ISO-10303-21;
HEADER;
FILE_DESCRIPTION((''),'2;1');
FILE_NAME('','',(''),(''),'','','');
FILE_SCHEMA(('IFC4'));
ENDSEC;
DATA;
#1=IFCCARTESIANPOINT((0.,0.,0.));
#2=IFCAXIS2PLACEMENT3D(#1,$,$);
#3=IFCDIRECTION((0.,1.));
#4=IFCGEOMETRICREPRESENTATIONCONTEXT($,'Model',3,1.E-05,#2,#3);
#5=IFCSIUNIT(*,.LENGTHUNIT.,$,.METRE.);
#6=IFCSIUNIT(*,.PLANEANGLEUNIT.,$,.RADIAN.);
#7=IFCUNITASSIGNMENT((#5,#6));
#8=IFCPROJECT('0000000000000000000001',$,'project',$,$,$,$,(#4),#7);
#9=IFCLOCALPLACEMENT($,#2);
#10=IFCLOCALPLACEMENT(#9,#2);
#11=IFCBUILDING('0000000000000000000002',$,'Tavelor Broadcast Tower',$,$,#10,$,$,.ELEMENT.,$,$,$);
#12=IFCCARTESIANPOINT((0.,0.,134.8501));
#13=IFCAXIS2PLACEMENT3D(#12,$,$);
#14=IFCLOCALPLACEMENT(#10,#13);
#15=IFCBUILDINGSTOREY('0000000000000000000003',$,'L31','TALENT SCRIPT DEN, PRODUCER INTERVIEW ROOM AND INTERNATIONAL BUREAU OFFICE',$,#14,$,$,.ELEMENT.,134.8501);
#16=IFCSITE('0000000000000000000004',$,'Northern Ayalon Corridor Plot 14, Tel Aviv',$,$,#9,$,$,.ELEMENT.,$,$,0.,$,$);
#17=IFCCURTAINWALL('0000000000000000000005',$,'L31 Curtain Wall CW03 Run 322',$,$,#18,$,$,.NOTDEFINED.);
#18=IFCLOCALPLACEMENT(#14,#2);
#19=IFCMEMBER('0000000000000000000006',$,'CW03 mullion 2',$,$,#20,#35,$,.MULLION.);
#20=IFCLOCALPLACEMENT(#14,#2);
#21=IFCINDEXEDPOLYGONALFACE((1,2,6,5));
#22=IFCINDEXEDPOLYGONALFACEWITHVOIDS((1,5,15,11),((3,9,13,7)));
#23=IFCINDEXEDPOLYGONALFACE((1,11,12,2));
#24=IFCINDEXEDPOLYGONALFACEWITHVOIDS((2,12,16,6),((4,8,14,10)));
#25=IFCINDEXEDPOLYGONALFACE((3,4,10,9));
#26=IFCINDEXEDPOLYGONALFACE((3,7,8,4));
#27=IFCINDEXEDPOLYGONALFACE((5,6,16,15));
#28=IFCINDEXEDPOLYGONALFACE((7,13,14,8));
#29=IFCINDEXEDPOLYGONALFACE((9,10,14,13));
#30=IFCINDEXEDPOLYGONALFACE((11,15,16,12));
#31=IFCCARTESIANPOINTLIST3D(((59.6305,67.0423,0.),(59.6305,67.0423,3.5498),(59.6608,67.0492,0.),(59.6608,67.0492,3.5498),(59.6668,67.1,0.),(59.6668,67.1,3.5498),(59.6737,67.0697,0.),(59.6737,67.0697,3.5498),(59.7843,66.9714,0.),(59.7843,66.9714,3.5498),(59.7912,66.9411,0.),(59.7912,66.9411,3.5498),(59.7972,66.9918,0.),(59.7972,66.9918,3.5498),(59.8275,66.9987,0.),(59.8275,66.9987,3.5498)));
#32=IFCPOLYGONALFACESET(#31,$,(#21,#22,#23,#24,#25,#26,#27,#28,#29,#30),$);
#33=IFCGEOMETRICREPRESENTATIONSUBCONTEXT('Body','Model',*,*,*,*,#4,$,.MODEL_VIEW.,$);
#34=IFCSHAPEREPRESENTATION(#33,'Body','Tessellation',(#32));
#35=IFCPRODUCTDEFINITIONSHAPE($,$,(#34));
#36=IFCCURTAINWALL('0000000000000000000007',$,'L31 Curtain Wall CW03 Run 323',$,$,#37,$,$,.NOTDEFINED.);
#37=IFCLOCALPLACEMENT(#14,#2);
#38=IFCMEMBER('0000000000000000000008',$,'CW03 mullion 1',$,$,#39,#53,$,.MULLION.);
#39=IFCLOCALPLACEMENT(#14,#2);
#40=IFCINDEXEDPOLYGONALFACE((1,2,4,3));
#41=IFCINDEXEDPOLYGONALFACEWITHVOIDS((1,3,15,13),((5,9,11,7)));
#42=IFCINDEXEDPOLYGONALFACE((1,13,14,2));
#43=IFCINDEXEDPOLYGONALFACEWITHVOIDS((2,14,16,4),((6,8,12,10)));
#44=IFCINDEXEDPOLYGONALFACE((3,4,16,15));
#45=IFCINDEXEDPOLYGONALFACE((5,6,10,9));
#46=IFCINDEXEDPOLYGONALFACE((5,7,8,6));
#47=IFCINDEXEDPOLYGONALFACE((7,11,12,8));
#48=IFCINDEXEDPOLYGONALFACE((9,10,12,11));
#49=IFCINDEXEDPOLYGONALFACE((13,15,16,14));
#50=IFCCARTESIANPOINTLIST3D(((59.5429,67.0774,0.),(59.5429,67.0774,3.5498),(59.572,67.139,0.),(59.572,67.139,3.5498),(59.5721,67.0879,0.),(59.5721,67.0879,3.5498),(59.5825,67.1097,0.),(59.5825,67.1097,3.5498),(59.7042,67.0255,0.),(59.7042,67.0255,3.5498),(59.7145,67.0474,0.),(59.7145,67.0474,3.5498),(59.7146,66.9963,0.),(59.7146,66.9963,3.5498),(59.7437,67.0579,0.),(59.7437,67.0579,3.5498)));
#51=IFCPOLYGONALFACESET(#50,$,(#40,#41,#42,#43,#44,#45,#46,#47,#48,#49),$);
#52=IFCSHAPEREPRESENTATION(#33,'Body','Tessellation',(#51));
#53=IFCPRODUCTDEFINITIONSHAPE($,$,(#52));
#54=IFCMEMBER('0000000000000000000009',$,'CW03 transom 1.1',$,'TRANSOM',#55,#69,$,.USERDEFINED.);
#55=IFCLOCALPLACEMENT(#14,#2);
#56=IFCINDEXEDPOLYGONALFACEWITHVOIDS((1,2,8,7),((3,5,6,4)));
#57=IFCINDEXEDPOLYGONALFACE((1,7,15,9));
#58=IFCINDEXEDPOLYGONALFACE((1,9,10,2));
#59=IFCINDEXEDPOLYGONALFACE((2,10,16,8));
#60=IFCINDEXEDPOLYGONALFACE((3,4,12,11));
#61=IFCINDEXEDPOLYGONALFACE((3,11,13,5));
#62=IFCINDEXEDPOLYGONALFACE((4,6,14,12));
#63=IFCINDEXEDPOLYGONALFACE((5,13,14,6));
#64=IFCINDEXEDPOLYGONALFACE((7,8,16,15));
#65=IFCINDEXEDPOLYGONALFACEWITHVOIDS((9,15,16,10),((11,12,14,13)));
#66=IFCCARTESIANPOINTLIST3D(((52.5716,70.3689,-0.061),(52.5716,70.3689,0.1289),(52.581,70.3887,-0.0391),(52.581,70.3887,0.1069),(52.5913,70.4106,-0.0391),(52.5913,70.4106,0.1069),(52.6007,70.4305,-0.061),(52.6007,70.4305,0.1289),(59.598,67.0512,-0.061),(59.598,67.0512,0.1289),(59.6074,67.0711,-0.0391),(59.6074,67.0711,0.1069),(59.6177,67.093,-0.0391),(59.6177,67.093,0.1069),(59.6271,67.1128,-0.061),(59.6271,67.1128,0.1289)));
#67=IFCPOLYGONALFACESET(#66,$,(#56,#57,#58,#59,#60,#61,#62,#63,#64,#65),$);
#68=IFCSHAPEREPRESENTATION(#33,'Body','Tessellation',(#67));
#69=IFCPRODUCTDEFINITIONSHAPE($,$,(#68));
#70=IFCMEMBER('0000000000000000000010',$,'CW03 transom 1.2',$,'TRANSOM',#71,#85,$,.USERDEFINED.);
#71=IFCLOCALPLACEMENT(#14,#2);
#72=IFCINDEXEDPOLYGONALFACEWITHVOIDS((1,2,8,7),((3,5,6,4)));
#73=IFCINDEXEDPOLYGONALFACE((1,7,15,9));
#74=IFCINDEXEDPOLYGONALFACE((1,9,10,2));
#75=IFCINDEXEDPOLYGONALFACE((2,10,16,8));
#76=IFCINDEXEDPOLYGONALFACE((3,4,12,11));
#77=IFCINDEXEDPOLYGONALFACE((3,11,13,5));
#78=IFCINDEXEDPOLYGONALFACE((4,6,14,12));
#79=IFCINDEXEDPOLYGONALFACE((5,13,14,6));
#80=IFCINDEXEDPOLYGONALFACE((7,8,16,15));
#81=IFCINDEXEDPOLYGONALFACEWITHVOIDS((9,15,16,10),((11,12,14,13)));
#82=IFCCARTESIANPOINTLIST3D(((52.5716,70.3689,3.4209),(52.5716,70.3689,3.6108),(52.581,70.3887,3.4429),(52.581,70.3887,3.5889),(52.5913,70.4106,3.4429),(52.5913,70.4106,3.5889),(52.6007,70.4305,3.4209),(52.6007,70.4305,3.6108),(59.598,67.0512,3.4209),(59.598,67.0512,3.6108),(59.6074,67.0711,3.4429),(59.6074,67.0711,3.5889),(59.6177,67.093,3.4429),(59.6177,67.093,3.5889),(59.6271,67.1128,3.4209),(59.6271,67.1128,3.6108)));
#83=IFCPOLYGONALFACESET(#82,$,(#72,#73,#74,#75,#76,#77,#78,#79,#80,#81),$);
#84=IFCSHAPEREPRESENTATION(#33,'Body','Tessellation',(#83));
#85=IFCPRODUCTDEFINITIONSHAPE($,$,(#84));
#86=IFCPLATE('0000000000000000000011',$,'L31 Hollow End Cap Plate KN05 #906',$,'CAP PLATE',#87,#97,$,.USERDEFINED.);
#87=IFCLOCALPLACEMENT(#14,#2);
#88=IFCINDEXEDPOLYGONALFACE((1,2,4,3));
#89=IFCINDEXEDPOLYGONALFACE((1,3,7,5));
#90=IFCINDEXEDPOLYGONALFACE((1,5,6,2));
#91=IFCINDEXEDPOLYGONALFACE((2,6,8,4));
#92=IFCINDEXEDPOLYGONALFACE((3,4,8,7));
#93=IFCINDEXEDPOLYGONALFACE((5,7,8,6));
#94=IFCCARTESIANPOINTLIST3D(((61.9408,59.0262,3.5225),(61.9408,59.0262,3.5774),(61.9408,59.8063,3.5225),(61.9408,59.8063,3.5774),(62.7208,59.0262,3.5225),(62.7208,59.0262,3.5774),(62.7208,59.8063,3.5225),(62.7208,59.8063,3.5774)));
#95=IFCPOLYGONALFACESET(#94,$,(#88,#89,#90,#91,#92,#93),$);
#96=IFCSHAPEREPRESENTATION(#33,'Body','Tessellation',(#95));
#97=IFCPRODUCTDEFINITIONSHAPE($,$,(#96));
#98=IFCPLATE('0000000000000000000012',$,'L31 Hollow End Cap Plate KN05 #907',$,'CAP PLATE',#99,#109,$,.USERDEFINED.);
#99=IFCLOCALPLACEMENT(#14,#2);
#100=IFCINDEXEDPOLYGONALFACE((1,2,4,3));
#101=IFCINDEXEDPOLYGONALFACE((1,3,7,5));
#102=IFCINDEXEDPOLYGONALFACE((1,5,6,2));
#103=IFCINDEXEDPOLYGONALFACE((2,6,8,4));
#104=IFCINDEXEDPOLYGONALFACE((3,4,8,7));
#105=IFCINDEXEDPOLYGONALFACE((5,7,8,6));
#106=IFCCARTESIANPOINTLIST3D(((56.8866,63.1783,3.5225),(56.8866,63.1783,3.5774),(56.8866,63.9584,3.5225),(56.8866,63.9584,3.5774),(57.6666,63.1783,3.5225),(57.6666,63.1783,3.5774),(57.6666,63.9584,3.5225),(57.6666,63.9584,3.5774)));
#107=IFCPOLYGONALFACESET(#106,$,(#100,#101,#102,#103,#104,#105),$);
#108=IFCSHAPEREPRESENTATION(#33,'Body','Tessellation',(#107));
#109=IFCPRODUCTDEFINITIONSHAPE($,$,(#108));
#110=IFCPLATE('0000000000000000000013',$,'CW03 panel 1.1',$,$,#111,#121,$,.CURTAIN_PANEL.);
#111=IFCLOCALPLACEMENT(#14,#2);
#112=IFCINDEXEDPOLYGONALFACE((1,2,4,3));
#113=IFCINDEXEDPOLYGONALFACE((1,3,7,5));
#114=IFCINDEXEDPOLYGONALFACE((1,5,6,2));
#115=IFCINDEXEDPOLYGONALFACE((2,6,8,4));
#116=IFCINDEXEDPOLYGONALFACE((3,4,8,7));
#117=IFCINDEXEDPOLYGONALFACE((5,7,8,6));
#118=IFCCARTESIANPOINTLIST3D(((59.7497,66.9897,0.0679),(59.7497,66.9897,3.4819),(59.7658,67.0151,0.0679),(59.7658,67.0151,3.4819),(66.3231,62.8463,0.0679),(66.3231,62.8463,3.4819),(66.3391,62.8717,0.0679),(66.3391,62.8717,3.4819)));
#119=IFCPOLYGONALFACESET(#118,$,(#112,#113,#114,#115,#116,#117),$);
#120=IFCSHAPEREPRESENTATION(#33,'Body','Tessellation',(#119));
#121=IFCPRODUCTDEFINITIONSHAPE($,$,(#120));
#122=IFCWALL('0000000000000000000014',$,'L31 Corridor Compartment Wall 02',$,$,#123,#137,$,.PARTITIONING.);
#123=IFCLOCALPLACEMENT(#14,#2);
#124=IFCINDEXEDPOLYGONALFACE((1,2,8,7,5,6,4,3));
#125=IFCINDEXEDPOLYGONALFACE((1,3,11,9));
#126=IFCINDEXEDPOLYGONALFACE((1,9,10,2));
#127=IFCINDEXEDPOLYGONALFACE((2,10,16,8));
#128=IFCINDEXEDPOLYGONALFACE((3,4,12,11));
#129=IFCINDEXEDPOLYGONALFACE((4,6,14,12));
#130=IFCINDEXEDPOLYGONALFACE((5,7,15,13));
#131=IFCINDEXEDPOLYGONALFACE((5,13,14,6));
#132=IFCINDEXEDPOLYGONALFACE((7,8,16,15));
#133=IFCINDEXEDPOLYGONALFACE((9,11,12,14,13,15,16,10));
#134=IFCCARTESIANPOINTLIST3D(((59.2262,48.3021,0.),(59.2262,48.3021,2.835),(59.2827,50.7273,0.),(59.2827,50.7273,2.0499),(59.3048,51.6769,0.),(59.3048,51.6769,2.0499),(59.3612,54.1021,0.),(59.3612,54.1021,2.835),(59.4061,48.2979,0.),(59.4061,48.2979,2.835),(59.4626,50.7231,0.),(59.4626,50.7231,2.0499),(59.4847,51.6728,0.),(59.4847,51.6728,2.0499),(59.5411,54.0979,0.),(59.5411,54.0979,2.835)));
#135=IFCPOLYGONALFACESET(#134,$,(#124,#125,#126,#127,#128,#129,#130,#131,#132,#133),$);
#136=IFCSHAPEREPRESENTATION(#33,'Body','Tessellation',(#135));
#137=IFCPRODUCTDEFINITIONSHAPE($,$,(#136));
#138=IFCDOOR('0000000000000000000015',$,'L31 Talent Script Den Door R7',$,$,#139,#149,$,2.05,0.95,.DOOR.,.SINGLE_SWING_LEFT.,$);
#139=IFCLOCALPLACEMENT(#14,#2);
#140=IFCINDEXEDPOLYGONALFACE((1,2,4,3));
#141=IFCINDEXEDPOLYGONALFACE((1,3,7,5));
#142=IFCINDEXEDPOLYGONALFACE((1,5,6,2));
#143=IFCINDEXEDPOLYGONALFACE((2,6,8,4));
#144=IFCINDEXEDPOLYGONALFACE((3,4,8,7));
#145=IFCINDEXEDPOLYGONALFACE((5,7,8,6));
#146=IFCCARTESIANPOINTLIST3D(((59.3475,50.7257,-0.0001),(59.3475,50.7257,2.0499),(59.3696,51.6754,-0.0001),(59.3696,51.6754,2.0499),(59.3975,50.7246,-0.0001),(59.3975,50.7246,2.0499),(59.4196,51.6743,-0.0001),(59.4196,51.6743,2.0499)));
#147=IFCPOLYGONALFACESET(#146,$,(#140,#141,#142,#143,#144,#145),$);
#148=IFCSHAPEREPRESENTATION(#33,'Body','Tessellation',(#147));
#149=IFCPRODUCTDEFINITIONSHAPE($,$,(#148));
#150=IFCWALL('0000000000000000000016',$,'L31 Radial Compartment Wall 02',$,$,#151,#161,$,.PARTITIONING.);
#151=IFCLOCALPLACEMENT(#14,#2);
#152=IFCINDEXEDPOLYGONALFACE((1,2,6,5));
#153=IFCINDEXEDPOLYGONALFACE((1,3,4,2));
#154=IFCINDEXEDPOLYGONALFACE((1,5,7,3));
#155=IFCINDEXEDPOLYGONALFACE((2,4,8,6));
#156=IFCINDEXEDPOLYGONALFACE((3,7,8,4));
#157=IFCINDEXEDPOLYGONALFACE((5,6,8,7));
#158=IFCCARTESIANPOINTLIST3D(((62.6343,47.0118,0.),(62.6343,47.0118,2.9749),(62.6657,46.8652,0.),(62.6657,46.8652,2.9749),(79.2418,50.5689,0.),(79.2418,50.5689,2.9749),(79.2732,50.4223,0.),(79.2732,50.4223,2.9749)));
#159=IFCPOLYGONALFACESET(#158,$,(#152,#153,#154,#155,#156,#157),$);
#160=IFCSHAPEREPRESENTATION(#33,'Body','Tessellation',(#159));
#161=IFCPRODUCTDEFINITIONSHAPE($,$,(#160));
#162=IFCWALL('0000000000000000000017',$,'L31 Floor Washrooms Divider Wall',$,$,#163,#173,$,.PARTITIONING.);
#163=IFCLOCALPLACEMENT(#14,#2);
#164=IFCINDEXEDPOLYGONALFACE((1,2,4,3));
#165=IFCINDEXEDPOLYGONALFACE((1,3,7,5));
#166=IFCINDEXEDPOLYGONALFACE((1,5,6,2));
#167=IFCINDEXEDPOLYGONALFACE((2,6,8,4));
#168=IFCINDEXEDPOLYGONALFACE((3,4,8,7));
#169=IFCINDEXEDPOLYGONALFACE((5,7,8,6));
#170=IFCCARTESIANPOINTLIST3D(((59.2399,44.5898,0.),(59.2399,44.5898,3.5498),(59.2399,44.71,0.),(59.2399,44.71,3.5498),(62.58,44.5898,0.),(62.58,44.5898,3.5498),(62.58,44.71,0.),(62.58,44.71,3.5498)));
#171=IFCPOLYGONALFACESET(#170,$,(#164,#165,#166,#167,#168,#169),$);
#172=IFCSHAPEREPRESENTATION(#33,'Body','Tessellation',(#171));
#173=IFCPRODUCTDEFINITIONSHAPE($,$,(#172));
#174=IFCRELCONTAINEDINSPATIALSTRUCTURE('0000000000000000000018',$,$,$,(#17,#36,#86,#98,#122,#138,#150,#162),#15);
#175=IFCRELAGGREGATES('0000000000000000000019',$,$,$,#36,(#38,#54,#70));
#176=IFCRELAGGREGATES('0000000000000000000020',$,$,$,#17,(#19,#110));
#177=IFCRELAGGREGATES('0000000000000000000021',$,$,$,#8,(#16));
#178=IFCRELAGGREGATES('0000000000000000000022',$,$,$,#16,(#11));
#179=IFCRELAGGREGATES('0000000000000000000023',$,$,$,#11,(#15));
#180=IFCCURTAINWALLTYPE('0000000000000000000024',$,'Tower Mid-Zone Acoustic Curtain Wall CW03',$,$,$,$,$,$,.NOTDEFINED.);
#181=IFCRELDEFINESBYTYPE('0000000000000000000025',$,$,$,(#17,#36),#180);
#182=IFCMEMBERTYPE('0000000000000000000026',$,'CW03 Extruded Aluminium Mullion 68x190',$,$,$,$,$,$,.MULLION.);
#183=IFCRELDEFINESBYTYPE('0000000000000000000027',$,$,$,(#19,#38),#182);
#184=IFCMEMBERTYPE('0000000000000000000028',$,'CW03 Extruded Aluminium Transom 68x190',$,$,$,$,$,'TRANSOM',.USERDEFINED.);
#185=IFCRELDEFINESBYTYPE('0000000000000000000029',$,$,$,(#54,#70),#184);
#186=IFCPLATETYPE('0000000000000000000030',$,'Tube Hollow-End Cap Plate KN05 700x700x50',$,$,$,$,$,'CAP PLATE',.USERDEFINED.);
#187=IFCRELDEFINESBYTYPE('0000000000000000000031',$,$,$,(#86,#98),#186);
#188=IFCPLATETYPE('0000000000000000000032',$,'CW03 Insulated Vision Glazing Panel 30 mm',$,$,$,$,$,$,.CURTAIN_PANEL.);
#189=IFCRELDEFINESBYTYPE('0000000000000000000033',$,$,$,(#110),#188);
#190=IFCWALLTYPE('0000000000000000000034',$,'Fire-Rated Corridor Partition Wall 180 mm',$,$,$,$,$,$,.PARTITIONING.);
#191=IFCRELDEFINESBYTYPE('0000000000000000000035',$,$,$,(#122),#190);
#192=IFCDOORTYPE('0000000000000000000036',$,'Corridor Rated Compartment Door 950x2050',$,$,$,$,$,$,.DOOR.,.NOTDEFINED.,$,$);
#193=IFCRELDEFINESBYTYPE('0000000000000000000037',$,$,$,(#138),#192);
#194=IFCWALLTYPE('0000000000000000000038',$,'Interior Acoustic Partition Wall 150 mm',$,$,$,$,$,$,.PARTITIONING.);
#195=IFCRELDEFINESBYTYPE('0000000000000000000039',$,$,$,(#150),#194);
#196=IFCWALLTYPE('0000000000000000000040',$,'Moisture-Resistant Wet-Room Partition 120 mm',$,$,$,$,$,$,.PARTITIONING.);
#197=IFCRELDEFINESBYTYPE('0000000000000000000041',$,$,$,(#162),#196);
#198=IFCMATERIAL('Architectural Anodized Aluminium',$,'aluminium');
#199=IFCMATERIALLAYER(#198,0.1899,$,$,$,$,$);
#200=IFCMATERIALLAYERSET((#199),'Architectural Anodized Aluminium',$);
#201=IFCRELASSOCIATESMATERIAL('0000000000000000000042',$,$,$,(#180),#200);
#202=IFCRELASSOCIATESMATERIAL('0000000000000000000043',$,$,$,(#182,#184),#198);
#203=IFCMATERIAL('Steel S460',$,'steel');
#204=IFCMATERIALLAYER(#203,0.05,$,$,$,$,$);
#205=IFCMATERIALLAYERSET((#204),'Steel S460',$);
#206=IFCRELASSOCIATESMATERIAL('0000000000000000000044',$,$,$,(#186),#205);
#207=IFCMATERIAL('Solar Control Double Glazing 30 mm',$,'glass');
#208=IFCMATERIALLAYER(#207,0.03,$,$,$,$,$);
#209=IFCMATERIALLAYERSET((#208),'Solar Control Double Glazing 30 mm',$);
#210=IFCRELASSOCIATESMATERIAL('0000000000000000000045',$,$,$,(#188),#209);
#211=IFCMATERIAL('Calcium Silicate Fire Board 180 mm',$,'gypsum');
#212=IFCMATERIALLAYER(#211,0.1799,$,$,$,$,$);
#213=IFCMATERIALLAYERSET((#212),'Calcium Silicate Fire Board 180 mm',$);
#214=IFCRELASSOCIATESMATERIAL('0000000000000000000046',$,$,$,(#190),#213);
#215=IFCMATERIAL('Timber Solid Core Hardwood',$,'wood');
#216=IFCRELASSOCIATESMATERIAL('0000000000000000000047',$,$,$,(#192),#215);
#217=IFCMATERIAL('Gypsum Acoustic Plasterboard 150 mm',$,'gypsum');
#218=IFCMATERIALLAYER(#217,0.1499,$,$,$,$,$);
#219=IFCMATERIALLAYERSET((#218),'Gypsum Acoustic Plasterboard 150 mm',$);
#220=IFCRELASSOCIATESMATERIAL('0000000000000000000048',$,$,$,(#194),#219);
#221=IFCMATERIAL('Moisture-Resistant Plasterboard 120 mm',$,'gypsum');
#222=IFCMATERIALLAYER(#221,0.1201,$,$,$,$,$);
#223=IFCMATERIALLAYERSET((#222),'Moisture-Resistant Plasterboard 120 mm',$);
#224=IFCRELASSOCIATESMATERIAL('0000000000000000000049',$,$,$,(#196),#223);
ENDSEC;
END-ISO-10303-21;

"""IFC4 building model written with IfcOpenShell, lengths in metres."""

from ifc_helpers import new_model, si_unit, direction, frame, frame_2d, origin, origin_2d, place, context, subcontext, project, spatial, rectangle, hollow_rectangle, extrude, source, transform, mapped, material, layer, layer_set, material_profile, profile_set, type_object, type_shapes, element, fill, aggregate, save


model = new_model("IFC4")

# Units and contexts
model_context = context("Model", 3, precision=1e-05, world=origin(), true_north=direction((0.0, 1.0)))
body_context = subcontext(model_context, "Body", "Model", "MODEL_VIEW")
ifc_project = project(units=[si_unit("LENGTHUNIT", "METRE"), si_unit("PLANEANGLEUNIT", "RADIAN")], contexts=[model_context])

# Site, building, storey
site_placement = place(None, origin())
site = spatial("IfcSite", under=ifc_project, at=site_placement, Name="Northern Ayalon Corridor Plot 14, Tel Aviv", CompositionType="ELEMENT", RefElevation=0.0)
building_placement = place(site_placement, origin())
building = spatial("IfcBuilding", under=site, at=building_placement, Name="Tavelor Broadcast Tower", CompositionType="ELEMENT")
storey_placement = place(building_placement, frame((0.0, 0.0, 134.8501)))
storey = spatial("IfcBuildingStorey", under=building, at=storey_placement, Name="L31", Description="TALENT SCRIPT DEN, PRODUCER INTERVIEW ROOM AND INTERNATIONAL BUREAU OFFICE", CompositionType="ELEMENT", Elevation=134.8501)

# Shared definitions
ifc_material_1 = material(Name="Steel S460", Category="steel")

# Curtain wall, member
ifc_material_2 = material(Name="Architectural Anodized Aluminium", Category="aluminium")
ifc_layer_1 = layer(ifc_material_2, 0.1899)
ifc_layer_set_1 = layer_set([ifc_layer_1], Name="Architectural Anodized Aluminium")
curtain_wall_type = type_object("IfcCurtainWallType", Name="Tower Mid-Zone Acoustic Curtain Wall CW03", PredefinedType="NOTDEFINED", material=ifc_layer_set_1)
curtain_wall_1_placement = place(storey_placement, origin())
curtain_wall_1 = element("IfcCurtainWall", 1, at=curtain_wall_1_placement, inside=storey, type_object=curtain_wall_type, Name="L31 Curtain Wall CW03 Run 322", PredefinedType="NOTDEFINED")
ifc_material_profile_1 = material_profile(ifc_material_2, hollow_rectangle(XDim=0.0681, YDim=0.1899, WallThickness=0.022, at=origin_2d()), Name="RHS 68x190x22")
ifc_profile_set_1 = profile_set([ifc_material_profile_1], Name="Architectural Anodized Aluminium")
member_type_1 = type_object("IfcMemberType", Name="CW03 Extruded Aluminium Mullion 68x190", PredefinedType="MULLION", material=ifc_profile_set_1)
shared_shape_1 = source(origin(), body_context, "Body", "SweptSolid", [
    extrude(hollow_rectangle(XDim=0.0681, YDim=0.1899, WallThickness=0.022, at=origin_2d()), origin(), (0.0, 0.0, 1.0), 3.5498),
])
type_shapes(member_type_1, [shared_shape_1])
member_1_placement = place(storey_placement, frame((59.729, 67.0205, 0.0), z_axis=(0.0, 0.0, 1.0), x_axis=(-0.533238, -0.845966, 0.0)))
member_1 = element("IfcMember", 2, at=member_1_placement, type_object=member_type_1, Name="CW03 mullion 2", PredefinedType="MULLION", context=body_context, shape_type="MappedRepresentation", body=[
    mapped(shared_shape_1, transform((0.0, 0.0, 0.0), scale=1.0)),
])

# Curtain wall, members
curtain_wall_2_placement = place(storey_placement, origin())
curtain_wall_2 = element("IfcCurtainWall", 3, at=curtain_wall_2_placement, inside=storey, type_object=curtain_wall_type, Name="L31 Curtain Wall CW03 Run 323", PredefinedType="NOTDEFINED")
member_2_placement = place(storey_placement, frame((59.6433, 67.0676, 0.0), z_axis=(0.0, 0.0, 1.0), x_axis=(-0.426954, -0.904273, 0.0)))
member_2 = element("IfcMember", 4, at=member_2_placement, type_object=member_type_1, Name="CW03 mullion 1", PredefinedType="MULLION", context=body_context, shape_type="MappedRepresentation", body=[
    mapped(shared_shape_1, transform((0.0, 0.0, 0.0), scale=1.0)),
])
ifc_material_profile_2 = material_profile(ifc_material_2, hollow_rectangle(XDim=0.0681, YDim=0.1899, WallThickness=0.022, at=origin_2d()), Name="RHS 68x190x22")
ifc_profile_set_2 = profile_set([ifc_material_profile_2], Name="Architectural Anodized Aluminium")
member_type_2 = type_object("IfcMemberType", Name="CW03 Extruded Aluminium Transom 68x190", ElementType="TRANSOM", PredefinedType="USERDEFINED", material=ifc_profile_set_2)
shared_shape_2 = source(origin(), body_context, "Body", "SweptSolid", [
    extrude(hollow_rectangle(XDim=0.0681, YDim=0.1899, WallThickness=0.022, at=origin_2d()), origin(), (0.0, 0.0, 1.0), 7.7703),
])
type_shapes(member_type_2, [shared_shape_2])
member_3_placement = place(storey_placement, frame((59.6125, 67.082, 0.0339), z_axis=(-0.904268, 0.426966, 0.0), x_axis=(-0.426966, -0.904268, 0.0)))
member_3 = element("IfcMember", 5, at=member_3_placement, type_object=member_type_2, Name="CW03 transom 1.1", ObjectType="TRANSOM", PredefinedType="USERDEFINED", context=body_context, shape_type="MappedRepresentation", body=[
    mapped(shared_shape_2, transform((0.0, 0.0, 0.0), scale=1.0)),
])
member_4_placement = place(storey_placement, frame((59.6125, 67.082, 3.5159), z_axis=(-0.904268, 0.426966, 0.0), x_axis=(-0.426966, -0.904268, 0.0)))
member_4 = element("IfcMember", 6, at=member_4_placement, type_object=member_type_2, Name="CW03 transom 1.2", ObjectType="TRANSOM", PredefinedType="USERDEFINED", context=body_context, shape_type="MappedRepresentation", body=[
    mapped(shared_shape_2, transform((0.0, 0.0, 0.0), scale=1.0)),
])
aggregate(curtain_wall_2, [member_2, member_3, member_4])

# Plates
ifc_layer_2 = layer(ifc_material_1, 0.05)
ifc_layer_set_2 = layer_set([ifc_layer_2], Name="Steel S460")
plate_type_1 = type_object("IfcPlateType", Name="Tube Hollow-End Cap Plate KN05 700x700x50", ElementType="CAP PLATE", PredefinedType="USERDEFINED", material=ifc_layer_set_2)
shared_shape_3 = source(origin(), body_context, "Body", "SweptSolid", [
    extrude(rectangle(XDim=0.78, YDim=0.78, at=origin_2d()), origin(), (0.0, 0.0, 1.0), 0.0549),
])
type_shapes(plate_type_1, [shared_shape_3])
for number, where, z_axis, x_axis, name in (
    (7, (62.3308, 59.4163, 3.5225), (0.0, 0.0, 1.0), (1.0, 0.0, 0.0), "L31 Hollow End Cap Plate KN05 #906"),
    (8, (57.2766, 63.5684, 3.5225), (0.0, 0.0, 1.0), (1.0, 0.0, 0.0), "L31 Hollow End Cap Plate KN05 #907"),
):
    element("IfcPlate", number, at=place(storey_placement, frame(where, z_axis=z_axis, x_axis=x_axis)), inside=storey, type_object=plate_type_1, Name=name, ObjectType="CAP PLATE", PredefinedType="USERDEFINED", context=body_context, shape_type="MappedRepresentation", body=[
        mapped(shared_shape_3, transform((0.0, 0.0, 0.0), scale=1.0)),
    ])

# Plate
ifc_material_3 = material(Name="Solar Control Double Glazing 30 mm", Category="glass")
ifc_layer_3 = layer(ifc_material_3, 0.03)
ifc_layer_set_3 = layer_set([ifc_layer_3], Name="Solar Control Double Glazing 30 mm")
plate_type_2 = type_object("IfcPlateType", Name="CW03 Insulated Vision Glazing Panel 30 mm", PredefinedType="CURTAIN_PANEL", material=ifc_layer_set_3)
shared_shape_4 = source(origin(), body_context, "Body", "SweptSolid", [
    extrude(rectangle(XDim=7.7703, YDim=0.03, at=origin_2d()), origin(), (0.0, 0.0, 1.0), 3.4141),
])
type_shapes(plate_type_2, [shared_shape_4])
plate_placement = place(storey_placement, frame((63.0444, 64.9307, 0.0679), z_axis=(0.0, 0.0, 1.0), x_axis=(-0.845966, 0.533238, 0.0)))
plate = element("IfcPlate", 9, at=plate_placement, type_object=plate_type_2, Name="CW03 panel 1.1", PredefinedType="CURTAIN_PANEL", context=body_context, shape_type="MappedRepresentation", body=[
    mapped(shared_shape_4, transform((0.0, 0.0, 0.0), scale=1.0)),
])
aggregate(curtain_wall_1, [member_1, plate])

# Wall, opening, door
ifc_material_4 = material(Name="Calcium Silicate Fire Board 180 mm", Category="gypsum")
ifc_layer_4 = layer(ifc_material_4, 0.1799)
ifc_layer_set_4 = layer_set([ifc_layer_4], Name="Calcium Silicate Fire Board 180 mm")
wall_type_1 = type_object("IfcWallType", Name="Fire-Rated Corridor Partition Wall 180 mm", PredefinedType="PARTITIONING", material=ifc_layer_set_4)
wall_1_placement = place(storey_placement, frame((59.4512, 54.1001, 0.0), z_axis=(0.0, 0.0, 1.0), x_axis=(-0.023271, -0.999729, 0.0)))
wall_1 = element("IfcWall", 10, at=wall_1_placement, inside=storey, type_object=wall_type_1, Name="L31 Corridor Compartment Wall 02", PredefinedType="PARTITIONING", context=body_context, shape_type="SweptSolid", body=[
    extrude(rectangle(XDim=5.8015, YDim=0.1799, at=frame_2d((2.9009, 0.0))), origin(), (0.0, 0.0, 1.0), 2.835),
])
opening_placement = place(wall_1_placement, frame((2.4258, 0.0, 0.0)))
opening = element("IfcOpeningElement", 11, at=opening_placement, cuts=wall_1, PredefinedType="OPENING", context=body_context, shape_type="SweptSolid", body=[
    extrude(rectangle(XDim=0.95, YDim=2.05, at=frame_2d((0.4751, 1.0249))), frame((0.0, 0.1001, 0.0), z_axis=(0.0, -1.0, 0.0), x_axis=(1.0, 0.0, 0.0)), (0.0, 0.0, 1.0), 0.2),
])
ifc_material_5 = material(Name="Timber Solid Core Hardwood", Category="wood")
door_type = type_object("IfcDoorType", Name="Corridor Rated Compartment Door 950x2050", OperationType="NOTDEFINED", PredefinedType="DOOR", material=ifc_material_5)
door_placement = place(opening_placement, origin())
door = element("IfcDoor", 12, at=door_placement, inside=storey, type_object=door_type, Name="L31 Talent Script Den Door R7", OperationType="SINGLE_SWING_LEFT", OverallHeight=2.05, OverallWidth=0.95, PredefinedType="DOOR", context=body_context, shape_type="SweptSolid", body=[
    extrude(rectangle(XDim=0.95, YDim=2.05, at=frame_2d((0.4751, 1.0249))), frame((0.0, 0.0249, 0.0), z_axis=(0.0, -1.0, 0.0), x_axis=(1.0, 0.0, 0.0)), (0.0, 0.0, 1.0), 0.05),
])
fill(opening, door)

# Walls
ifc_material_6 = material(Name="Gypsum Acoustic Plasterboard 150 mm", Category="gypsum")
ifc_layer_5 = layer(ifc_material_6, 0.1499)
ifc_layer_set_5 = layer_set([ifc_layer_5], Name="Gypsum Acoustic Plasterboard 150 mm")
wall_type_2 = type_object("IfcWallType", Name="Interior Acoustic Partition Wall 150 mm", PredefinedType="PARTITIONING", material=ifc_layer_set_5)
wall_2_placement = place(storey_placement, frame((62.6499, 46.9385, 0.0), z_axis=(0.0, 0.0, 1.0), x_axis=(0.977822, 0.209439, 0.0)))
element("IfcWall", 13, at=wall_2_placement, inside=storey, type_object=wall_type_2, Name="L31 Radial Compartment Wall 02", PredefinedType="PARTITIONING", context=body_context, shape_type="SweptSolid", body=[
    extrude(rectangle(XDim=16.9841, YDim=0.1499, at=frame_2d((8.4922, 0.0))), origin(), (0.0, 0.0, 1.0), 2.9749),
])
ifc_material_7 = material(Name="Moisture-Resistant Plasterboard 120 mm", Category="gypsum")
ifc_layer_6 = layer(ifc_material_7, 0.1201)
ifc_layer_set_6 = layer_set([ifc_layer_6], Name="Moisture-Resistant Plasterboard 120 mm")
wall_type_3 = type_object("IfcWallType", Name="Moisture-Resistant Wet-Room Partition 120 mm", PredefinedType="PARTITIONING", material=ifc_layer_set_6)
for number, where, z_axis, x_axis, name in (
    (14, (59.24, 44.6499, 0.0), (0.0, 0.0, 1.0), (1.0, 0.0, 0.0), "L31 Floor Washrooms Divider Wall"),
):
    element("IfcWall", number, at=place(storey_placement, frame(where, z_axis=z_axis, x_axis=x_axis)), inside=storey, type_object=wall_type_3, Name=name, PredefinedType="PARTITIONING", context=body_context, shape_type="SweptSolid", body=[
        extrude(rectangle(XDim=3.3401, YDim=0.1201, at=frame_2d((1.6699, 0.0))), origin(), (0.0, 0.0, 1.0), 3.5498),
    ])

save(model, "model.ifc")
